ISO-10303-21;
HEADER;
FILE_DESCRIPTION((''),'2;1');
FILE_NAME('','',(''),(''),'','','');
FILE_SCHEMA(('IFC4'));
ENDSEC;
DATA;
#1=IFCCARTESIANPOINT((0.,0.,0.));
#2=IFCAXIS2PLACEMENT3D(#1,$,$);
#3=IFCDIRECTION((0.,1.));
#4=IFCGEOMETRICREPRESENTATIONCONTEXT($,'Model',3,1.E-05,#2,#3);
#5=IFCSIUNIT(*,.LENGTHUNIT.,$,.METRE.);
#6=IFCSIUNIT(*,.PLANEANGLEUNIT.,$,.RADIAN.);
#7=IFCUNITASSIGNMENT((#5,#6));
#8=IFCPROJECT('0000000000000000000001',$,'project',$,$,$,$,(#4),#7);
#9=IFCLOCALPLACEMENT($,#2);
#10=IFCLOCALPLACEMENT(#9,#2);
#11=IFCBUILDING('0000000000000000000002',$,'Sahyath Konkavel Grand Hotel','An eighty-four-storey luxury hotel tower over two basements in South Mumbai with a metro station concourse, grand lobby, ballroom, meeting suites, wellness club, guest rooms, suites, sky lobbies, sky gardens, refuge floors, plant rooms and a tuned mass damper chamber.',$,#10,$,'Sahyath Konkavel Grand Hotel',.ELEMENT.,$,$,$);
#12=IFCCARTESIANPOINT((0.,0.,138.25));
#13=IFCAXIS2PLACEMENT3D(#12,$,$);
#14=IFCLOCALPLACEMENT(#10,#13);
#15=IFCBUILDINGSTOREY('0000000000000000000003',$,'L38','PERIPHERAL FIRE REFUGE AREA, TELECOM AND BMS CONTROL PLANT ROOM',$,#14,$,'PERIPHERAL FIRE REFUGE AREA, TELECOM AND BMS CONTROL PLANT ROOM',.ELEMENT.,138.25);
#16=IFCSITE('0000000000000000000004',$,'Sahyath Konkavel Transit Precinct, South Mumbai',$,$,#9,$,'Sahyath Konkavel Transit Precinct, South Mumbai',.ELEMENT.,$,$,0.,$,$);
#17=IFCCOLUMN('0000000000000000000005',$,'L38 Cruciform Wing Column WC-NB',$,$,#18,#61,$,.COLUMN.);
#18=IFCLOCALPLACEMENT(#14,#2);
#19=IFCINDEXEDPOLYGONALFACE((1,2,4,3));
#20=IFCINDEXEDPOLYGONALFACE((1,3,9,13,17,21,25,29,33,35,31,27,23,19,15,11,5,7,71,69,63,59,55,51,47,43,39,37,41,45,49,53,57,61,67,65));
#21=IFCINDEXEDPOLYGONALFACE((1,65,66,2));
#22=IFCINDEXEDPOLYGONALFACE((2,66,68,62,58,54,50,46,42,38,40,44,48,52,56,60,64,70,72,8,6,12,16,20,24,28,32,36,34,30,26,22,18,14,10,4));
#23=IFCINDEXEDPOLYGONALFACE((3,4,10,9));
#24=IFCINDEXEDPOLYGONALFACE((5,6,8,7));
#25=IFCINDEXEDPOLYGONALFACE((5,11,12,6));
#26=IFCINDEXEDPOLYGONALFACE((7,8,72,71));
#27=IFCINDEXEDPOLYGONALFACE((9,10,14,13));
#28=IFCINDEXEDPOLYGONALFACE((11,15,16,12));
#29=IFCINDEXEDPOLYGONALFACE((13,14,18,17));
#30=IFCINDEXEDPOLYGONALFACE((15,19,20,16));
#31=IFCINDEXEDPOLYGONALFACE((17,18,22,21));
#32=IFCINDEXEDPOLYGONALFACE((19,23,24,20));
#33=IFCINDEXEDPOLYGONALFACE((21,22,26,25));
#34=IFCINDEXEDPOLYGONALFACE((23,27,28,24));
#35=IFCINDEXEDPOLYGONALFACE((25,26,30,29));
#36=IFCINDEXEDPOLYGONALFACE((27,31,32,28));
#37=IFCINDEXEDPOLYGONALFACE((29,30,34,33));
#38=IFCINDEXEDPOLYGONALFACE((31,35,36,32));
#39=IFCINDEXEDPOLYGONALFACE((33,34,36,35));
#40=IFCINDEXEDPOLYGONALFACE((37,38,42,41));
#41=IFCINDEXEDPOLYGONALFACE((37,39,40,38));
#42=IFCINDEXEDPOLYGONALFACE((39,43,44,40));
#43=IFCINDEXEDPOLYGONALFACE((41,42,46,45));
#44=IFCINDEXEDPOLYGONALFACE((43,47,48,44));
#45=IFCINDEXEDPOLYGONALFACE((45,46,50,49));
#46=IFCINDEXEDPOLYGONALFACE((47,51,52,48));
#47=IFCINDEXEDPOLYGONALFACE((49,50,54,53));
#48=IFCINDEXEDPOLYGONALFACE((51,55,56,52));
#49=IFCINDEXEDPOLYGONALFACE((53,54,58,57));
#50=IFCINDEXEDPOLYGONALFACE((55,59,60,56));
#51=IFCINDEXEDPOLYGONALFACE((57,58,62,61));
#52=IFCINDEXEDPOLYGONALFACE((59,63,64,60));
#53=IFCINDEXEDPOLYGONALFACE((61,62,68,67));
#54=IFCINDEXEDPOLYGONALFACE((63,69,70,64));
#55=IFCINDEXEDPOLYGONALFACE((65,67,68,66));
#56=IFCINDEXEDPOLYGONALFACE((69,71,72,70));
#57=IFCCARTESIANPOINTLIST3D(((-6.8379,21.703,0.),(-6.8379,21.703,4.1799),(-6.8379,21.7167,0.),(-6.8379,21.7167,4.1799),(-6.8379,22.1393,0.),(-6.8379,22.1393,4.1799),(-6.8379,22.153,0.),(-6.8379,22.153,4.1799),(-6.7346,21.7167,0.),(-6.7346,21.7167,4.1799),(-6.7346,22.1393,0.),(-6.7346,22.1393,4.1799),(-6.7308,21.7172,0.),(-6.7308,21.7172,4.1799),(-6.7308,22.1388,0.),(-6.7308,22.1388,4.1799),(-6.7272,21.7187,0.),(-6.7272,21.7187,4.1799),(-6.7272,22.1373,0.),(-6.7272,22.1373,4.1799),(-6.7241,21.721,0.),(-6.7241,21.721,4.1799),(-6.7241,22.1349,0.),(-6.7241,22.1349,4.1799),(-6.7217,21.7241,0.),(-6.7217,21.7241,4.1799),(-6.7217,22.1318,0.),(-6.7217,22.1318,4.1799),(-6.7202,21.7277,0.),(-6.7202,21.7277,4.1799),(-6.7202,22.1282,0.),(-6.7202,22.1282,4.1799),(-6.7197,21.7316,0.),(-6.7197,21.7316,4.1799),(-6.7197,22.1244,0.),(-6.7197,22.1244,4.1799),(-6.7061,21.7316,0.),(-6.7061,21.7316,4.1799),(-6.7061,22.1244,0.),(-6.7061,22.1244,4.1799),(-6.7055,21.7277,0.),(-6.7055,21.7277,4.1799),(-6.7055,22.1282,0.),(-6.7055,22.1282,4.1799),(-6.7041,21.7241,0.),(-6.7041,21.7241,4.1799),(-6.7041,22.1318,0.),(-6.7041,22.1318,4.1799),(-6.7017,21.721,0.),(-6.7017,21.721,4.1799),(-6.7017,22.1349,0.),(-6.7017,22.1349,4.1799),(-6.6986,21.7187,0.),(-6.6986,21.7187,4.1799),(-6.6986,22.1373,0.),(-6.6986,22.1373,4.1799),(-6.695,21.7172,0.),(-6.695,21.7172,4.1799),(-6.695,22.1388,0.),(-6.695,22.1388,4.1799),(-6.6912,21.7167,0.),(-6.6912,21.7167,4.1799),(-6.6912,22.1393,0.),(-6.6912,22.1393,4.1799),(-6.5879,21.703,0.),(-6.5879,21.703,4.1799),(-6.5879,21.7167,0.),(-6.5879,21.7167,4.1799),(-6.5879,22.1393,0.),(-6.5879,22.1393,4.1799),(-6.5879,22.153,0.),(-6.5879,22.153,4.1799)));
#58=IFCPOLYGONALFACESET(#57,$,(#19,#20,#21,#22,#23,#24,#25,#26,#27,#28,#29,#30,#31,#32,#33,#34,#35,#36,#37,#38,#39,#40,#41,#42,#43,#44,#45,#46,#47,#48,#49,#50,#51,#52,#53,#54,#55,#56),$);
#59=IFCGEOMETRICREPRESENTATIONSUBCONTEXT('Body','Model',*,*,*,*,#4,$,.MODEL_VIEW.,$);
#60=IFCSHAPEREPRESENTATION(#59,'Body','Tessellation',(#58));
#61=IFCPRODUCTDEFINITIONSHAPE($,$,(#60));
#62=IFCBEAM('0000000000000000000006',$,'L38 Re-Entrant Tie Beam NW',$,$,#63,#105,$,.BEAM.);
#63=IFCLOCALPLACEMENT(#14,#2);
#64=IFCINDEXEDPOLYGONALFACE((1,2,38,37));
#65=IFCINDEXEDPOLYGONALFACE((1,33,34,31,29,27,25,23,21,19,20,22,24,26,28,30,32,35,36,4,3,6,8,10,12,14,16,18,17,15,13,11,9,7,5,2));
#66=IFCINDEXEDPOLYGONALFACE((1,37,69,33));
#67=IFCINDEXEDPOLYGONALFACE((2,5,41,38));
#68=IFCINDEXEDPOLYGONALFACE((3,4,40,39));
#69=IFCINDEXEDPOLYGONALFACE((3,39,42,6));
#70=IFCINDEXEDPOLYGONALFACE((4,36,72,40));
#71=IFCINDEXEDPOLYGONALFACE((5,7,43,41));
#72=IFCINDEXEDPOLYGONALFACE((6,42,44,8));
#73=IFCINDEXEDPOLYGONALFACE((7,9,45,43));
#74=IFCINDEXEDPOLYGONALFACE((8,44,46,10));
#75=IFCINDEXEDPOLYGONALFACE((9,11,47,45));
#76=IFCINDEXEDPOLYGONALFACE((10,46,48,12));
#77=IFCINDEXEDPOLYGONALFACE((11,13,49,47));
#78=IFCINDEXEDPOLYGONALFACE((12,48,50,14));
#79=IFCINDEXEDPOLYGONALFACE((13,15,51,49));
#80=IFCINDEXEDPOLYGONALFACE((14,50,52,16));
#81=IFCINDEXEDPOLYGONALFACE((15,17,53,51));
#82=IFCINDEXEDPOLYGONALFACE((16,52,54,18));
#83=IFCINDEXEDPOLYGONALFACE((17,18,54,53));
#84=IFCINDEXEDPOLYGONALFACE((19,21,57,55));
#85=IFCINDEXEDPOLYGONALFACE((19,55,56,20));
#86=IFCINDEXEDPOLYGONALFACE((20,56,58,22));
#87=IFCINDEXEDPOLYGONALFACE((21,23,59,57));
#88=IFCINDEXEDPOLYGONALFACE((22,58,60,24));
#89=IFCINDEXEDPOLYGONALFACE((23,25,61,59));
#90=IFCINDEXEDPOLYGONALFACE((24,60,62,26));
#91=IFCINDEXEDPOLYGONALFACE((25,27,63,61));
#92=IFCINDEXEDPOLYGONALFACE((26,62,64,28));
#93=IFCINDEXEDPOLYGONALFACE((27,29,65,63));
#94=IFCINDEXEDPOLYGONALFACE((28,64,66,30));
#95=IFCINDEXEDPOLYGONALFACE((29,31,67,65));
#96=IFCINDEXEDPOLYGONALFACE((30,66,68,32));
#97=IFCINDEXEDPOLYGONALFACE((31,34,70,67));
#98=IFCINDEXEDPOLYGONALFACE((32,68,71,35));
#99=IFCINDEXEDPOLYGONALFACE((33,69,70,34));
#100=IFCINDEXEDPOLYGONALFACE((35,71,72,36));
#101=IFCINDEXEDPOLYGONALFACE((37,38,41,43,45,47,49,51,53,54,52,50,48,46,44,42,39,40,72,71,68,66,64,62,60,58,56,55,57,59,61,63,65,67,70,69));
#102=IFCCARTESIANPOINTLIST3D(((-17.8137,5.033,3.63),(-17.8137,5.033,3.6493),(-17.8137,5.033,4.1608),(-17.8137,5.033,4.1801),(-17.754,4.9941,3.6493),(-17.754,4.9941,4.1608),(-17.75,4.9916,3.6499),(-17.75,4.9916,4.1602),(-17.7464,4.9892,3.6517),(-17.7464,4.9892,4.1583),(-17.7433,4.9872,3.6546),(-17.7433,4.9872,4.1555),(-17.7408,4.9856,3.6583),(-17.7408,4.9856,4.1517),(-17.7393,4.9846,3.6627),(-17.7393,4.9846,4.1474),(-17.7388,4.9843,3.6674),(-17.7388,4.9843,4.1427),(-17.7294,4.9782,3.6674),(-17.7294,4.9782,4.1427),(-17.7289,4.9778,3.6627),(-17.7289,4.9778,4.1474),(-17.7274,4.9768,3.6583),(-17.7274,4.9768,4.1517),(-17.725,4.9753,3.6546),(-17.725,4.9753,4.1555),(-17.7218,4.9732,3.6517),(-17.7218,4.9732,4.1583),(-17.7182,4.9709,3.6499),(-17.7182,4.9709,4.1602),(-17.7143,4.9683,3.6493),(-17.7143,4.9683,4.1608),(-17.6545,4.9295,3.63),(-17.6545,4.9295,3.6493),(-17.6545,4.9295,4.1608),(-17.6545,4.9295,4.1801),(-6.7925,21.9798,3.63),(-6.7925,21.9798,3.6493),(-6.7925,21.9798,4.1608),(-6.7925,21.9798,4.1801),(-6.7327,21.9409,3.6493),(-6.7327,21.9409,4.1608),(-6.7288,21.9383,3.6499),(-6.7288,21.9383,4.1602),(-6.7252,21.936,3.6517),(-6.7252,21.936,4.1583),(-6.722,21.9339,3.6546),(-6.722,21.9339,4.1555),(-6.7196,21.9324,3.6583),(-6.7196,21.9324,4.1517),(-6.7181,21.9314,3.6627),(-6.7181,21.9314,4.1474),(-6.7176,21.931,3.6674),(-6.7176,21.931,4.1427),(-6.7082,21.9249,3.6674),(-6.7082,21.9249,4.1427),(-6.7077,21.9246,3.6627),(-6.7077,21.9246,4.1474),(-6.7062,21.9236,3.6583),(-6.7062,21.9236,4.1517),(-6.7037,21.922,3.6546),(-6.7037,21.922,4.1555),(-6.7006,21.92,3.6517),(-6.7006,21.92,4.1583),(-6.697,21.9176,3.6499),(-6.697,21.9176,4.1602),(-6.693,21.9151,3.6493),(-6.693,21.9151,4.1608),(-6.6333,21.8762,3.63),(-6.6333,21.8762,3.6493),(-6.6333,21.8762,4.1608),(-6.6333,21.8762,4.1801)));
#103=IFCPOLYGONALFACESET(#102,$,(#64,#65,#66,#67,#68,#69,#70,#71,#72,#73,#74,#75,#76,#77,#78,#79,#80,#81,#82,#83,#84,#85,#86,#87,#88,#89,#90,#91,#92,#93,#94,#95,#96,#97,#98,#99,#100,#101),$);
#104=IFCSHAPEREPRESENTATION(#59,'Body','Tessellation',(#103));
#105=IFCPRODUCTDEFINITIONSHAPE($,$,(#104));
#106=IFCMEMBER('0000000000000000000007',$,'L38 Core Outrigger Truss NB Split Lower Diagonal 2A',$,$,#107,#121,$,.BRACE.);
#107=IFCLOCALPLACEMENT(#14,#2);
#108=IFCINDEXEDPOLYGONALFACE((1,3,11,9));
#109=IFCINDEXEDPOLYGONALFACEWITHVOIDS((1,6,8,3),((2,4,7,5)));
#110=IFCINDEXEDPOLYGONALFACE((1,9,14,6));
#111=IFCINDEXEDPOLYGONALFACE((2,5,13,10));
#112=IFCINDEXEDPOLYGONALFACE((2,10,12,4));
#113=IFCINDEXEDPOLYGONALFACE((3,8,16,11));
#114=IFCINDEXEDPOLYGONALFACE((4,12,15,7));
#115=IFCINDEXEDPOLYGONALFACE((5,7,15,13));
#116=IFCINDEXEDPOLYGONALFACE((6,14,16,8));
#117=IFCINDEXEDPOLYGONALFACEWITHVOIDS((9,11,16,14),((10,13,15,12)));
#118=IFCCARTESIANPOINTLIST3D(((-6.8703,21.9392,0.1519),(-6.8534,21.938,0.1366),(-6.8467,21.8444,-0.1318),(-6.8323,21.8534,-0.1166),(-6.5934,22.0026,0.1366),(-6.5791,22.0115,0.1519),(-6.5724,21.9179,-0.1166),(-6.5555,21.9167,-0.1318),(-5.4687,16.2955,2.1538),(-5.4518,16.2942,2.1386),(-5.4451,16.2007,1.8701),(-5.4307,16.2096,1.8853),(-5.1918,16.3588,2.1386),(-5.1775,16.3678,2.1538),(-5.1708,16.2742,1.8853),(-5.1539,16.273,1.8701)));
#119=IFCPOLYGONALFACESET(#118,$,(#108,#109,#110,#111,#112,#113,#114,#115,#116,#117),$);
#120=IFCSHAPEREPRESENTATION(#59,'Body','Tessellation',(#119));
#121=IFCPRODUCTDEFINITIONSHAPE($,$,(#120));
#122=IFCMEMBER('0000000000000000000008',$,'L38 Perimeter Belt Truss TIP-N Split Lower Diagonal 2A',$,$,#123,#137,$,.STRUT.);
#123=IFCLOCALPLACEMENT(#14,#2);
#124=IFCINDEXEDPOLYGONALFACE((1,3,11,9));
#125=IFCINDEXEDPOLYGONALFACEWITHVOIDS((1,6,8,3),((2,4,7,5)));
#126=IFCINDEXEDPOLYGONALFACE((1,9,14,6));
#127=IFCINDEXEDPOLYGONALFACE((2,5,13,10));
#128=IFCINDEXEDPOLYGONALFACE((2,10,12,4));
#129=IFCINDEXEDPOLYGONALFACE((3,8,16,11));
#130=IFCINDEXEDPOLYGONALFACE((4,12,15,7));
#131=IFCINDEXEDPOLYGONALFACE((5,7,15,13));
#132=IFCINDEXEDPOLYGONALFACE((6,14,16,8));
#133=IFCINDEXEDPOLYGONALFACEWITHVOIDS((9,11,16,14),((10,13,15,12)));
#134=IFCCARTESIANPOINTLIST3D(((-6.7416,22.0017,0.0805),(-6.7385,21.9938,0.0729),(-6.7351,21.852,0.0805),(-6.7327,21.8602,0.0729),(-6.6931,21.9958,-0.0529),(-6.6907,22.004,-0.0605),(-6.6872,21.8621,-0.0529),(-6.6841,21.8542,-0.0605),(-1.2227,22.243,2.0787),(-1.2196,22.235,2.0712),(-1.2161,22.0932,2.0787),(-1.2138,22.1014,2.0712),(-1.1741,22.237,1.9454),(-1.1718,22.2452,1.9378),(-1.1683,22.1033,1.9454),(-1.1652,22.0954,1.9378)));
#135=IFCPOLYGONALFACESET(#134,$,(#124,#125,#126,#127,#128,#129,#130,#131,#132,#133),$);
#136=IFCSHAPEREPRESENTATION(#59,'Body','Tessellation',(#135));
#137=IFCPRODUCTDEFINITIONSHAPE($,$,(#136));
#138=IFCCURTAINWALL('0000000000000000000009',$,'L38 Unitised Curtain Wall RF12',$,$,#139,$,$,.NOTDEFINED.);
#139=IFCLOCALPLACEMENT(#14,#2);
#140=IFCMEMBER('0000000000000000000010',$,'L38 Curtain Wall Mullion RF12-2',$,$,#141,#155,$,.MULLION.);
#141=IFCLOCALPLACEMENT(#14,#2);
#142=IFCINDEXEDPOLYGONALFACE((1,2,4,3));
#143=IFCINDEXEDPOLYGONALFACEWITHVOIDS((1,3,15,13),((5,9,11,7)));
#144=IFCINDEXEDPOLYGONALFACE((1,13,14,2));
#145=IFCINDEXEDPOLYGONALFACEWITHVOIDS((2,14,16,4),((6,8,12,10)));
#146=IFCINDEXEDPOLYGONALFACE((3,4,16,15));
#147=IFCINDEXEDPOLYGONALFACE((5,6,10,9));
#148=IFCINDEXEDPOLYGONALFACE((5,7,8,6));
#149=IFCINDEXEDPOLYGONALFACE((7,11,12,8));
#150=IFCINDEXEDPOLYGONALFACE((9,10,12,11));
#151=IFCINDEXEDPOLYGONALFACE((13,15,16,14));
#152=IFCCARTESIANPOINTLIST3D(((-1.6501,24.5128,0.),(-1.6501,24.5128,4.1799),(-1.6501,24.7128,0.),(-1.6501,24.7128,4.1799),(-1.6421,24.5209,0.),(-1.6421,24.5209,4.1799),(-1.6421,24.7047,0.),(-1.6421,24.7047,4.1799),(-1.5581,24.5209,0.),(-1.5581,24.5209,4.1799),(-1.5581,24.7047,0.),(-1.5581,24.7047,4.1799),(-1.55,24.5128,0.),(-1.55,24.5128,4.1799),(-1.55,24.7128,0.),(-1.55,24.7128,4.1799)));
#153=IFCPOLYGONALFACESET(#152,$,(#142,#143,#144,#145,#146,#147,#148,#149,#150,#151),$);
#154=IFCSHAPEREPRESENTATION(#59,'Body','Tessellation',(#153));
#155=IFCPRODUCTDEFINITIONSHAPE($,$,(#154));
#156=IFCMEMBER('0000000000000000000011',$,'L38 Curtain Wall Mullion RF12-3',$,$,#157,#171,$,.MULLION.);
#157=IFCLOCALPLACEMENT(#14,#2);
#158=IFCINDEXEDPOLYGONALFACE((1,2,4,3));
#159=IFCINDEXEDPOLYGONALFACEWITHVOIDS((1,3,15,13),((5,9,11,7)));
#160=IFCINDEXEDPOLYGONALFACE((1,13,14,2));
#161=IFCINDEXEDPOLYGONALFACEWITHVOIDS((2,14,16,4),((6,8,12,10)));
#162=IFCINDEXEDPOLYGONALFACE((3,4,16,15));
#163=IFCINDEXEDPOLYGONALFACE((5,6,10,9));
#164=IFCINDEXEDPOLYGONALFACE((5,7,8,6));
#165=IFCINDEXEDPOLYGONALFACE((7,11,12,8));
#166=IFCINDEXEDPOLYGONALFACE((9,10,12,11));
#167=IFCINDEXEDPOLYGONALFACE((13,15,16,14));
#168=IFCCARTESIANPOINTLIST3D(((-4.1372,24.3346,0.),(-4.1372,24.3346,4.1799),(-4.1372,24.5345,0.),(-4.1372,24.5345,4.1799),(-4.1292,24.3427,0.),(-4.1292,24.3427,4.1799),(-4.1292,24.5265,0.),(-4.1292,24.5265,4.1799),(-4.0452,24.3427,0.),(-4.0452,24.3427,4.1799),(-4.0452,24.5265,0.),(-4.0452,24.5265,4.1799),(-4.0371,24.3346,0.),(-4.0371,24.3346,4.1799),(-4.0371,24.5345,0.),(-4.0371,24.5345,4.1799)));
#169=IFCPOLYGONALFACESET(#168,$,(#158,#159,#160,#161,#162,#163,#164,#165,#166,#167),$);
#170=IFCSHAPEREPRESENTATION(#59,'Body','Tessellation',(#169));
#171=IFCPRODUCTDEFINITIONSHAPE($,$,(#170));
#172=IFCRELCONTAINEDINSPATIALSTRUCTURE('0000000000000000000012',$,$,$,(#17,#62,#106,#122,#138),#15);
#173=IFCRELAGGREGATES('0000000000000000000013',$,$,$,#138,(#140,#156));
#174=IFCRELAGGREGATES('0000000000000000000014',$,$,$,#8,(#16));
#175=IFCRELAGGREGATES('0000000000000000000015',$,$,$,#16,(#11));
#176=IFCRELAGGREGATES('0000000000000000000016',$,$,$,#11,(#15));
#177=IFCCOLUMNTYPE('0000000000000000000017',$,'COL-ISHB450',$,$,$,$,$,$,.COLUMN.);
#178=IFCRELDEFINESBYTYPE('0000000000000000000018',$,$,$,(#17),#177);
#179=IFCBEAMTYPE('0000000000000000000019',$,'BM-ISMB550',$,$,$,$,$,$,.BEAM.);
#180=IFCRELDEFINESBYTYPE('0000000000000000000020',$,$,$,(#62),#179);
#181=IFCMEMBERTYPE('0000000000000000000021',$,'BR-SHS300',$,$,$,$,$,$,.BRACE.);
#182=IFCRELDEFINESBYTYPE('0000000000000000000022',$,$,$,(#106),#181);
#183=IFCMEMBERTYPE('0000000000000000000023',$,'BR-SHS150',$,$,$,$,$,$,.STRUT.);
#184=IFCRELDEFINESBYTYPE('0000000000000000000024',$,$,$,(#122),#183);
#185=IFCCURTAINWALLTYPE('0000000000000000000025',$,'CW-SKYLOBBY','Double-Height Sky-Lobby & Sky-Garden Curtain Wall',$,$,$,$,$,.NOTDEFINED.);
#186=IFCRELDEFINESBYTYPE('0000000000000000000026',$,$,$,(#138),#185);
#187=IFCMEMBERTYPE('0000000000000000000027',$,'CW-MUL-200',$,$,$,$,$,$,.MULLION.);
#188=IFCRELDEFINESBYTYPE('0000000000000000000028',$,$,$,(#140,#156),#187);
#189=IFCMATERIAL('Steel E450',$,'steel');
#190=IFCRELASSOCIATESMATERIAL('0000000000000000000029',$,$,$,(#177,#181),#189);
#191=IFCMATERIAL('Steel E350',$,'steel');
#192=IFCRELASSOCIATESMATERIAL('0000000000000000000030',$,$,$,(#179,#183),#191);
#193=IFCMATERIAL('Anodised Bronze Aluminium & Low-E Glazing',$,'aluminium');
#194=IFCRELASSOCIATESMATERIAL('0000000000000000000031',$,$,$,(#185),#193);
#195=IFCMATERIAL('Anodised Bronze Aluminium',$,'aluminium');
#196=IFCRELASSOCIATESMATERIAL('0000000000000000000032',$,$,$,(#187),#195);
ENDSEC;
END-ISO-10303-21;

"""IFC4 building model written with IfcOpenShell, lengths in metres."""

from ifc_helpers import new_model, si_unit, direction, frame, origin, origin_2d, place, context, subcontext, project, spatial, hollow_rectangle, i_section, extrude, source, transform, mapped, material, material_profile, profile_set, type_object, element, aggregate, save


model = new_model("IFC4")

# Units and contexts
model_context = context("Model", 3, precision=1e-05, world=origin(), true_north=direction((0.0, 1.0)))
body_context = subcontext(model_context, "Body", "Model", "MODEL_VIEW")
ifc_project = project(units=[si_unit("LENGTHUNIT", "METRE"), si_unit("PLANEANGLEUNIT", "RADIAN")], contexts=[model_context])

# Site, building, storey
site_placement = place(None, origin())
site = spatial("IfcSite", under=ifc_project, at=site_placement, Name="Sahyath Konkavel Transit Precinct, South Mumbai", LongName="Sahyath Konkavel Transit Precinct, South Mumbai", CompositionType="ELEMENT", RefElevation=0.0)
building_placement = place(site_placement, origin())
building = spatial("IfcBuilding", under=site, at=building_placement, Name="Sahyath Konkavel Grand Hotel", Description="An eighty-four-storey luxury hotel tower over two basements in South Mumbai with a metro station concourse, grand lobby, ballroom, meeting suites, wellness club, guest rooms, suites, sky lobbies, sky gardens, refuge floors, plant rooms and a tuned mass damper chamber.", LongName="Sahyath Konkavel Grand Hotel", CompositionType="ELEMENT")
storey_placement = place(building_placement, frame((0.0, 0.0, 138.25)))
storey = spatial("IfcBuildingStorey", under=building, at=storey_placement, Name="L38", Description="PERIPHERAL FIRE REFUGE AREA, TELECOM AND BMS CONTROL PLANT ROOM", LongName="PERIPHERAL FIRE REFUGE AREA, TELECOM AND BMS CONTROL PLANT ROOM", CompositionType="ELEMENT", Elevation=138.25)

# Column
ifc_material_1 = material(Name="Steel E450", Category="steel")
ifc_material_profile_1 = material_profile(ifc_material_1, i_section(OverallWidth=0.25, OverallDepth=0.45, WebThickness=0.0137, FlangeThickness=0.0137, FilletRadius=0.0149, at=origin_2d()), Name="ISHB 450")
ifc_profile_set_1 = profile_set([ifc_material_profile_1], Name="Steel E450")
column_type = type_object("IfcColumnType", Name="COL-ISHB450", PredefinedType="COLUMN", material=ifc_profile_set_1)
shared_shape_1 = source(origin(), body_context, "Body", "SweptSolid", [
    extrude(i_section(OverallWidth=0.25, OverallDepth=0.45, WebThickness=0.0137, FlangeThickness=0.0137, FilletRadius=0.0149, at=origin_2d()), origin(), (0.0, 0.0, 1.0), 4.1799),
])
column_placement = place(storey_placement, frame((-6.7129, 21.928, 0.0), z_axis=(0.0, 0.0, 1.0), x_axis=(1.0, 0.0, 0.0)))
element("IfcColumn", 1, at=column_placement, inside=storey, type_object=column_type, Name="L38 Cruciform Wing Column WC-NB", PredefinedType="COLUMN", context=body_context, shape_type="MappedRepresentation", body=[
    mapped(shared_shape_1, transform((0.0, 0.0, 0.0), scale=1.0)),
])

# Beam
ifc_material_2 = material(Name="Steel E350", Category="steel")
ifc_material_profile_2 = material_profile(ifc_material_2, i_section(OverallWidth=0.1899, OverallDepth=0.55, WebThickness=0.0112, FlangeThickness=0.0193, FilletRadius=0.0181, at=origin_2d()), Name="ISMB 550")
ifc_profile_set_2 = profile_set([ifc_material_profile_2], Name="Steel E350")
beam_type = type_object("IfcBeamType", Name="BM-ISMB550", PredefinedType="BEAM", material=ifc_profile_set_2)
shared_shape_2 = source(origin(), body_context, "Body", "SweptSolid", [
    extrude(i_section(OverallWidth=0.1899, OverallDepth=0.55, WebThickness=0.0112, FlangeThickness=0.0193, FilletRadius=0.0181, at=origin_2d()), origin(), (0.0, 0.0, 1.0), 20.2153),
])
beam_placement = place(storey_placement, frame((-6.7129, 21.928, 3.905), z_axis=(-0.545191, -0.838312, 0.0), x_axis=(0.838312, -0.545191, 0.0)))
element("IfcBeam", 2, at=beam_placement, inside=storey, type_object=beam_type, Name="L38 Re-Entrant Tie Beam NW", PredefinedType="BEAM", context=body_context, shape_type="MappedRepresentation", body=[
    mapped(shared_shape_2, transform((0.0, 0.0, 0.0), scale=1.0)),
])

# Members
ifc_material_profile_3 = material_profile(ifc_material_1, hollow_rectangle(XDim=0.3, YDim=0.3, WallThickness=0.0161, at=origin_2d()), Name="SHS 300x300x16")
ifc_profile_set_3 = profile_set([ifc_material_profile_3], Name="Steel E450")
member_type_1 = type_object("IfcMemberType", Name="BR-SHS300", PredefinedType="BRACE", material=ifc_profile_set_3)
shared_shape_3 = source(origin(), body_context, "Body", "SweptSolid", [
    extrude(hollow_rectangle(XDim=0.3, YDim=0.3, WallThickness=0.0161, at=origin_2d()), origin(), (0.0, 0.0, 1.0), 6.1501),
])
member_1_placement = place(storey_placement, frame((-6.7129, 21.928, 0.01), z_axis=(0.227897, -0.917663, 0.325511), x_axis=(0.970519, 0.241024, 0.0)))
element("IfcMember", 3, at=member_1_placement, inside=storey, type_object=member_type_1, Name="L38 Core Outrigger Truss NB Split Lower Diagonal 2A", PredefinedType="BRACE", context=body_context, shape_type="MappedRepresentation", body=[
    mapped(shared_shape_3, transform((0.0, 0.0, 0.0), scale=1.0)),
])
ifc_material_profile_4 = material_profile(ifc_material_2, hollow_rectangle(XDim=0.1499, YDim=0.1499, WallThickness=0.0081, at=origin_2d()), Name="SHS 150x150x8")
ifc_profile_set_4 = profile_set([ifc_material_profile_4], Name="Steel E350")
member_type_2 = type_object("IfcMemberType", Name="BR-SHS150", PredefinedType="STRUT", material=ifc_profile_set_4)
shared_shape_4 = source(origin(), body_context, "Body", "SweptSolid", [
    extrude(hollow_rectangle(XDim=0.1499, YDim=0.1499, WallThickness=0.0081, at=origin_2d()), origin(), (0.0, 0.0, 1.0), 5.8745),
])
member_2_placement = place(storey_placement, frame((-6.7129, 21.928, 0.01), z_axis=(0.939472, 0.04106, 0.340157), x_axis=(-0.043664, 0.999046, 0.0)))
element("IfcMember", 4, at=member_2_placement, inside=storey, type_object=member_type_2, Name="L38 Perimeter Belt Truss TIP-N Split Lower Diagonal 2A", PredefinedType="STRUT", context=body_context, shape_type="MappedRepresentation", body=[
    mapped(shared_shape_4, transform((0.0, 0.0, 0.0), scale=1.0)),
])

# Curtain wall, members
ifc_material_3 = material(Name="Anodised Bronze Aluminium & Low-E Glazing", Category="aluminium")
curtain_wall_type = type_object("IfcCurtainWallType", Name="CW-SKYLOBBY", Description="Double-Height Sky-Lobby & Sky-Garden Curtain Wall", PredefinedType="NOTDEFINED", material=ifc_material_3)
curtain_wall_1_placement = place(storey_placement, origin())
curtain_wall_1 = element("IfcCurtainWall", 5, at=curtain_wall_1_placement, inside=storey, type_object=curtain_wall_type, Name="L38 Unitised Curtain Wall RF12", PredefinedType="NOTDEFINED")
ifc_material_4 = material(Name="Anodised Bronze Aluminium", Category="aluminium")
ifc_material_profile_5 = material_profile(ifc_material_4, hollow_rectangle(XDim=0.1001, YDim=0.2, WallThickness=0.0081, at=origin_2d()), Name="RHS 200x100x8")
ifc_profile_set_5 = profile_set([ifc_material_profile_5], Name="Anodised Bronze Aluminium")
member_type_3 = type_object("IfcMemberType", Name="CW-MUL-200", PredefinedType="MULLION", material=ifc_profile_set_5)
shared_shape_5 = source(origin(), body_context, "Body", "SweptSolid", [
    extrude(hollow_rectangle(XDim=0.1001, YDim=0.2, WallThickness=0.0081, at=origin_2d()), origin(), (0.0, 0.0, 1.0), 4.1799),
])
member_3_placement = place(storey_placement, frame((-1.6001, 24.6128, 0.0), z_axis=(0.0, 0.0, 1.0), x_axis=(1.0, 0.0, 0.0)))
member_3 = element("IfcMember", 6, at=member_3_placement, type_object=member_type_3, Name="L38 Curtain Wall Mullion RF12-2", PredefinedType="MULLION", context=body_context, shape_type="MappedRepresentation", body=[
    mapped(shared_shape_5, transform((0.0, 0.0, 0.0), scale=1.0)),
])
member_4_placement = place(storey_placement, frame((-4.0872, 24.4346, 0.0), z_axis=(0.0, 0.0, 1.0), x_axis=(1.0, 0.0, 0.0)))
member_4 = element("IfcMember", 7, at=member_4_placement, type_object=member_type_3, Name="L38 Curtain Wall Mullion RF12-3", PredefinedType="MULLION", context=body_context, shape_type="MappedRepresentation", body=[
    mapped(shared_shape_5, transform((0.0, 0.0, 0.0), scale=1.0)),
])

aggregate(curtain_wall_1, [member_3, member_4])

save(model, "model.ifc")
